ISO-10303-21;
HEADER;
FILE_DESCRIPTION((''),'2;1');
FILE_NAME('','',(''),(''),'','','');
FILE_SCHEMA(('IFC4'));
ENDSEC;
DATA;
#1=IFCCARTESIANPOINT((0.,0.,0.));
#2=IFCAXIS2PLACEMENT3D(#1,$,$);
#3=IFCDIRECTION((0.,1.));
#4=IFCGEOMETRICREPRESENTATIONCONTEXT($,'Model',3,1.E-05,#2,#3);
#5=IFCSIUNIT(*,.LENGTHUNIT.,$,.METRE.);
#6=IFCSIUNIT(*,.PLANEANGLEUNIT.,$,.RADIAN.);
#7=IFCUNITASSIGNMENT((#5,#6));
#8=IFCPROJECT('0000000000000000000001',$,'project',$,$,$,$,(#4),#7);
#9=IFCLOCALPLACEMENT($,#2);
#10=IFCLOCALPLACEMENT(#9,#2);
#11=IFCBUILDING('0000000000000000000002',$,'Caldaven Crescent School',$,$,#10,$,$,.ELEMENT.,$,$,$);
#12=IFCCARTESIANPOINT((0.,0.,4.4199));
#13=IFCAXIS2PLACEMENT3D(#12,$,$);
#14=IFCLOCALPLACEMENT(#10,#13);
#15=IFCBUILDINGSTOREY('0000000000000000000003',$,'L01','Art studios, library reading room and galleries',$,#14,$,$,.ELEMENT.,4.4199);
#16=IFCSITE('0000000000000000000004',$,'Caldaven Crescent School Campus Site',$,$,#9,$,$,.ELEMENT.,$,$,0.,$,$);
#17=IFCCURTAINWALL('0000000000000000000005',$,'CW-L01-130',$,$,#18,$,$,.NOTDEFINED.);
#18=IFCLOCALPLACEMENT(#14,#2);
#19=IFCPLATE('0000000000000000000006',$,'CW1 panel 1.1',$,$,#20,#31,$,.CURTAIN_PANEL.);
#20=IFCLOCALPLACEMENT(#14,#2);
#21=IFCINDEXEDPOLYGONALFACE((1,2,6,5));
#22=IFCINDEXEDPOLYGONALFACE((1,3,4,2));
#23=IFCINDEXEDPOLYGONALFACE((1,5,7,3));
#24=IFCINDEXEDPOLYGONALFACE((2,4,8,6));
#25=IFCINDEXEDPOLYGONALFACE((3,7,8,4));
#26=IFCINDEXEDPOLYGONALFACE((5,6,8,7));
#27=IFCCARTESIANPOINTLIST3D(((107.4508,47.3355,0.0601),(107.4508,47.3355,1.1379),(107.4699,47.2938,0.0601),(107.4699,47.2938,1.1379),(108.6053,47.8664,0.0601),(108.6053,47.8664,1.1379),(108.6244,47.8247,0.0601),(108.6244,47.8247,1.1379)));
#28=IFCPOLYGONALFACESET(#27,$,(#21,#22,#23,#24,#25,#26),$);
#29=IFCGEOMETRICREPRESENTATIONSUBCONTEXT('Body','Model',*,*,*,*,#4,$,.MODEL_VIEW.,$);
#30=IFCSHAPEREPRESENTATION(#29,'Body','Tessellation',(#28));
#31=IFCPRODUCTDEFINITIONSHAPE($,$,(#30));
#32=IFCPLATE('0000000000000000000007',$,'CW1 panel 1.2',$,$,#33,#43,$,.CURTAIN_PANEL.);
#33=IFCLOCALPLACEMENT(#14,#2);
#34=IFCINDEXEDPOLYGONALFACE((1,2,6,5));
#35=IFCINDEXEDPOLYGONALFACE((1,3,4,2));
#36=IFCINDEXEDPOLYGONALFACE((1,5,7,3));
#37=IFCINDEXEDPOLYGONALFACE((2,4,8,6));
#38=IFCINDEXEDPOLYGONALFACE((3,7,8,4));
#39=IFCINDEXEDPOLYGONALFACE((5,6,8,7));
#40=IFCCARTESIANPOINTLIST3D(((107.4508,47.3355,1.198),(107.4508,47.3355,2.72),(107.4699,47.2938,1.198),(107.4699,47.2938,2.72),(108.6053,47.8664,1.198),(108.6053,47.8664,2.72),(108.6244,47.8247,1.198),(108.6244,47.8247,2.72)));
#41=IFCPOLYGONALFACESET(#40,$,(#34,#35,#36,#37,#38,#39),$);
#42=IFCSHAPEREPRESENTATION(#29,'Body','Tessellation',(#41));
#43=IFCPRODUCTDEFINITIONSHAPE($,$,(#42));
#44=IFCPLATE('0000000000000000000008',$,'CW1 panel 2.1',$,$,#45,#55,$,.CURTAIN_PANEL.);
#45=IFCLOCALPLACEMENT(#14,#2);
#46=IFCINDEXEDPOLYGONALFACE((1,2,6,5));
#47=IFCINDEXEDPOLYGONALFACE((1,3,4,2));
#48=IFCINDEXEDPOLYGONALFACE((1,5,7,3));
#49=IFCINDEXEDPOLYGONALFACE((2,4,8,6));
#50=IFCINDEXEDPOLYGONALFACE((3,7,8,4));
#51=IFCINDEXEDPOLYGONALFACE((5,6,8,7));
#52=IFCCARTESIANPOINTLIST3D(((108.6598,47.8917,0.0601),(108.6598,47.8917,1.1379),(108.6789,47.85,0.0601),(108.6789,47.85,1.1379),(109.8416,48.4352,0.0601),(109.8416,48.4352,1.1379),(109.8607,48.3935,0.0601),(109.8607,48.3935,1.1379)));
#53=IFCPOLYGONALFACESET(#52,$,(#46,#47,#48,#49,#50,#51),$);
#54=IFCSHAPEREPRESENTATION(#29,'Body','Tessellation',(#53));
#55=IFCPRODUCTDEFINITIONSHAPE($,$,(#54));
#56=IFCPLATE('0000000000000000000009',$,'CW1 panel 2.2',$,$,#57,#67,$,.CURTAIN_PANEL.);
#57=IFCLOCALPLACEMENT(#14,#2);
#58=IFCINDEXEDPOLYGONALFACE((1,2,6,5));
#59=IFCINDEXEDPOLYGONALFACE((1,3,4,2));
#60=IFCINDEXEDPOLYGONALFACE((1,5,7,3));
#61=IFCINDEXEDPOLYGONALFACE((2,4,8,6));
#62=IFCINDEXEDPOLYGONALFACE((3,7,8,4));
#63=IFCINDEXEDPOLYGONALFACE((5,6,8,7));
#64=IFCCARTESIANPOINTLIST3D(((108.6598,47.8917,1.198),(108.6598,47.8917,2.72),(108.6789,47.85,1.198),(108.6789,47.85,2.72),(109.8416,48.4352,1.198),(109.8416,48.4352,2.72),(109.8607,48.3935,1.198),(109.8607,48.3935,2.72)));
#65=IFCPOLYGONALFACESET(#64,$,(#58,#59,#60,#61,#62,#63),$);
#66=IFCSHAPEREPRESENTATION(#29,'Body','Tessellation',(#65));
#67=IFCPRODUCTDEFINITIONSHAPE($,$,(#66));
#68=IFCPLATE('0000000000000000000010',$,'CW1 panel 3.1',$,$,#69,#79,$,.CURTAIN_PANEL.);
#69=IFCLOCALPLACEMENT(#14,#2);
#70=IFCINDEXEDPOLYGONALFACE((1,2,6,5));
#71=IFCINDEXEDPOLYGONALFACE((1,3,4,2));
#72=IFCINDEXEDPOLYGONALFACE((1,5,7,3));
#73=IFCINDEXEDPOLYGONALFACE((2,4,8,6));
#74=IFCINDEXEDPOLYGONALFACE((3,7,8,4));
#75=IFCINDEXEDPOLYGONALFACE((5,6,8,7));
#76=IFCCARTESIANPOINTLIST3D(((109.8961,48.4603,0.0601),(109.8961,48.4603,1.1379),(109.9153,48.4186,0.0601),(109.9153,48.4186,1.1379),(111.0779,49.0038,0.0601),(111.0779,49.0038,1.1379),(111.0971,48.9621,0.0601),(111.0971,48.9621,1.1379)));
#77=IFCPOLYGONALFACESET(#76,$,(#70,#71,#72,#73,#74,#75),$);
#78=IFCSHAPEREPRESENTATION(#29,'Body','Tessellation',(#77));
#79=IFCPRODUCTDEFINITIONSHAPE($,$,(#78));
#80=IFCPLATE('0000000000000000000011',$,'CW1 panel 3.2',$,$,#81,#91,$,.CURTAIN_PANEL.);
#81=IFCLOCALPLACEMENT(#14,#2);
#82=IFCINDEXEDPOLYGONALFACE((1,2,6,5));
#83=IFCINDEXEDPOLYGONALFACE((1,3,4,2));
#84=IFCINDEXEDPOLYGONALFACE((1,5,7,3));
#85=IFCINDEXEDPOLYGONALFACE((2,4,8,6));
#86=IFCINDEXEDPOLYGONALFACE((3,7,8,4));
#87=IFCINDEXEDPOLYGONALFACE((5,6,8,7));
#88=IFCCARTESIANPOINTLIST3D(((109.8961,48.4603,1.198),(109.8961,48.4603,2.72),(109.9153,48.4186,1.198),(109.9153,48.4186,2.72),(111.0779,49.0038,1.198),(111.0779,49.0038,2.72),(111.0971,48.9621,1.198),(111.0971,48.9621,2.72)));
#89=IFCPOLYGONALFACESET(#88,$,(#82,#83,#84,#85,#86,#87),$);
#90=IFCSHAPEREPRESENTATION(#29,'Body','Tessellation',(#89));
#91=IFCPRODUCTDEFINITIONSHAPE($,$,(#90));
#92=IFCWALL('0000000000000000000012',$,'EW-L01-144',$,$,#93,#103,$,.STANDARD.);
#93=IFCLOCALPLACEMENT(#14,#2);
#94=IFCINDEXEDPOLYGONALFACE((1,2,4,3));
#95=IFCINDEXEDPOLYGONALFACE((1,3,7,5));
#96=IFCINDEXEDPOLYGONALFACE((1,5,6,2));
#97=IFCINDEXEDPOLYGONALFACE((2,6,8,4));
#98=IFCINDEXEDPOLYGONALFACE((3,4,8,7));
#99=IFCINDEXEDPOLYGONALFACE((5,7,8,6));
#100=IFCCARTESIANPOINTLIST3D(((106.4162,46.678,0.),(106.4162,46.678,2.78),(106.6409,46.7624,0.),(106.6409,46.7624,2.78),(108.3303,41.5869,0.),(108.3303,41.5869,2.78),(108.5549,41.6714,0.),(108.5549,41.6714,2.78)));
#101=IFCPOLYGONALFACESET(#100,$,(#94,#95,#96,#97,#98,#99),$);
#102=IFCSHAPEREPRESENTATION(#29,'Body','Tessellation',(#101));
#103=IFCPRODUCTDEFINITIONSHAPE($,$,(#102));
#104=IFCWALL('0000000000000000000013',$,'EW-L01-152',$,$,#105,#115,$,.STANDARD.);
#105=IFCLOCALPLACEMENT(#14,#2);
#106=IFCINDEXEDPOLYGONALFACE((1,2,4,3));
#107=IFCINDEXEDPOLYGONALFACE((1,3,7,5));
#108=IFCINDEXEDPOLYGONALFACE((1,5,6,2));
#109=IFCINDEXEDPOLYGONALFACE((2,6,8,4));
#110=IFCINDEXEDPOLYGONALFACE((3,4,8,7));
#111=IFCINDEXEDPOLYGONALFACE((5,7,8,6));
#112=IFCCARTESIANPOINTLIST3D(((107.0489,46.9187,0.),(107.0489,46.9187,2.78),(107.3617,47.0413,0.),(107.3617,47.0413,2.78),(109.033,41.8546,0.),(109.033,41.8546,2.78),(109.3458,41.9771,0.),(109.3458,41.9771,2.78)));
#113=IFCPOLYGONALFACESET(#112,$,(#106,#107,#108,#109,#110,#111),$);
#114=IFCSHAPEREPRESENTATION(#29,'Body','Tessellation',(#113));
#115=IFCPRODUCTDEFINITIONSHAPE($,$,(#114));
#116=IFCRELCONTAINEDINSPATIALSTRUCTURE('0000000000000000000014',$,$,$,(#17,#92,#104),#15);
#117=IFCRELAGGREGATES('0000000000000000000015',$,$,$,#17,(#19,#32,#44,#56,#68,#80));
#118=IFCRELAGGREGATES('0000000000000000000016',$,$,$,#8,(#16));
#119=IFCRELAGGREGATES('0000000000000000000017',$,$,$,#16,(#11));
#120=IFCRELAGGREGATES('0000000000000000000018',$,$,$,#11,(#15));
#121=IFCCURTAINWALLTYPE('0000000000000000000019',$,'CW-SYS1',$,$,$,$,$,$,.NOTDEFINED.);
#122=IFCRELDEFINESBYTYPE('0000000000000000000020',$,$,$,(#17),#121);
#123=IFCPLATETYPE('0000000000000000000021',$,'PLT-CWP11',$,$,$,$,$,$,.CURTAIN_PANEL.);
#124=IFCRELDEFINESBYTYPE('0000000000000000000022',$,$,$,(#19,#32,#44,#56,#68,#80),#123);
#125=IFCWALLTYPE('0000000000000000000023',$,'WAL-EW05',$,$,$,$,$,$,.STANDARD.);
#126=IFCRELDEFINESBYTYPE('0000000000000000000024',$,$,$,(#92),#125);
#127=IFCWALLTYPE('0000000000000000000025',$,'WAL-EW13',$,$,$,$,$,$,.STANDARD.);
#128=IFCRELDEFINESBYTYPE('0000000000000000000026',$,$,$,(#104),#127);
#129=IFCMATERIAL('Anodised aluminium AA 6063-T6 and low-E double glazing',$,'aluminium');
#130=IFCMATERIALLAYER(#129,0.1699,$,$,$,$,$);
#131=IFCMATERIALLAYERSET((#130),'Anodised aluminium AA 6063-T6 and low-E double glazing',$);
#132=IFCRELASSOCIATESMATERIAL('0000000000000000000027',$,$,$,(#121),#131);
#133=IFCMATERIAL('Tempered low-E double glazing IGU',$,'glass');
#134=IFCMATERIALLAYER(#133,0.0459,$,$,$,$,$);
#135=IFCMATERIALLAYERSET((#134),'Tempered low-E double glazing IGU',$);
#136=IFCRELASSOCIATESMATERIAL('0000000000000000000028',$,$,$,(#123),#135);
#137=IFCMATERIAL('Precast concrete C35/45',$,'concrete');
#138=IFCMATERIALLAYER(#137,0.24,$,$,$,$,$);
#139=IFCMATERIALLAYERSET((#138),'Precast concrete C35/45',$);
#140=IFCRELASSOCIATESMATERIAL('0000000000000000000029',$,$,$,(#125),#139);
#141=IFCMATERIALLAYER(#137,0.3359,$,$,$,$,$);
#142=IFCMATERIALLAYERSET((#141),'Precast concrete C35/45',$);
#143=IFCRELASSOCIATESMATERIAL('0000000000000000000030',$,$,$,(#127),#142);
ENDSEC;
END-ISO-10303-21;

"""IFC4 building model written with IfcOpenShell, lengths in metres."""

from ifc_helpers import new_model, si_unit, direction, frame, frame_2d, origin, origin_2d, place, context, subcontext, project, spatial, rectangle, extrude, material, layer, layer_set, type_object, element, aggregate, save


model = new_model("IFC4")

# Units and contexts
model_context = context("Model", 3, precision=1e-05, world=origin(), true_north=direction((0.0, 1.0)))
body_context = subcontext(model_context, "Body", "Model", "MODEL_VIEW")
ifc_project = project(units=[si_unit("LENGTHUNIT", "METRE"), si_unit("PLANEANGLEUNIT", "RADIAN")], contexts=[model_context])

# Site, building, storey
site_placement = place(None, origin())
site = spatial("IfcSite", under=ifc_project, at=site_placement, Name="Caldaven Crescent School Campus Site", CompositionType="ELEMENT", RefElevation=0.0)
building_placement = place(site_placement, origin())
building = spatial("IfcBuilding", under=site, at=building_placement, Name="Caldaven Crescent School", CompositionType="ELEMENT")
storey_placement = place(building_placement, frame((0.0, 0.0, 4.4199)))
storey = spatial("IfcBuildingStorey", under=building, at=storey_placement, Name="L01", Description="Art studios, library reading room and galleries", CompositionType="ELEMENT", Elevation=4.4199)

# Curtain wall
ifc_material_1 = material(Name="Anodised aluminium AA 6063-T6 and low-E double glazing", Category="aluminium")
ifc_layer_1 = layer(ifc_material_1, 0.1699)
ifc_layer_set_1 = layer_set([ifc_layer_1], Name="Anodised aluminium AA 6063-T6 and low-E double glazing")
curtain_wall_type_1 = type_object("IfcCurtainWallType", Name="CW-SYS1", PredefinedType="NOTDEFINED", material=ifc_layer_set_1)
curtain_wall_1_placement = place(storey_placement, origin())
curtain_wall_1 = element("IfcCurtainWall", 1, at=curtain_wall_1_placement, inside=storey, type_object=curtain_wall_type_1, Name="CW-L01-130", PredefinedType="NOTDEFINED")

# Plates
ifc_material_2 = material(Name="Tempered low-E double glazing IGU", Category="glass")
ifc_layer_2 = layer(ifc_material_2, 0.0459)
ifc_layer_set_2 = layer_set([ifc_layer_2], Name="Tempered low-E double glazing IGU")
plate_type_1 = type_object("IfcPlateType", Name="PLT-CWP11", PredefinedType="CURTAIN_PANEL", material=ifc_layer_set_2)
plate_1_placement = place(storey_placement, frame((108.0376, 47.5801, 0.0601), z_axis=(0.0, 0.0, 1.0), x_axis=(0.908528, 0.417824, 0.0)))
plate_1 = element("IfcPlate", 2, at=plate_1_placement, type_object=plate_type_1, Name="CW1 panel 1.1", PredefinedType="CURTAIN_PANEL", context=body_context, shape_type="SweptSolid", body=[
    extrude(rectangle(XDim=1.2708, YDim=0.0459, at=origin_2d()), origin(), (0.0, 0.0, 1.0), 1.0779),
])
plate_2_placement = place(storey_placement, frame((108.0376, 47.5801, 1.198), z_axis=(0.0, 0.0, 1.0), x_axis=(0.908528, 0.417824, 0.0)))
plate_2 = element("IfcPlate", 3, at=plate_2_placement, type_object=plate_type_1, Name="CW1 panel 1.2", PredefinedType="CURTAIN_PANEL", context=body_context, shape_type="SweptSolid", body=[
    extrude(rectangle(XDim=1.2708, YDim=0.0459, at=origin_2d()), origin(), (0.0, 0.0, 1.0), 1.522),
])
plate_3_placement = place(storey_placement, frame((109.2603, 48.1426, 0.0601), z_axis=(0.0, 0.0, 1.0), x_axis=(0.908528, 0.417824, 0.0)))
plate_3 = element("IfcPlate", 4, at=plate_3_placement, type_object=plate_type_1, Name="CW1 panel 2.1", PredefinedType="CURTAIN_PANEL", context=body_context, shape_type="SweptSolid", body=[
    extrude(rectangle(XDim=1.3008, YDim=0.0459, at=origin_2d()), origin(), (0.0, 0.0, 1.0), 1.0779),
])
plate_4_placement = place(storey_placement, frame((109.2603, 48.1426, 1.198), z_axis=(0.0, 0.0, 1.0), x_axis=(0.908528, 0.417824, 0.0)))
plate_4 = element("IfcPlate", 5, at=plate_4_placement, type_object=plate_type_1, Name="CW1 panel 2.2", PredefinedType="CURTAIN_PANEL", context=body_context, shape_type="SweptSolid", body=[
    extrude(rectangle(XDim=1.3008, YDim=0.0459, at=origin_2d()), origin(), (0.0, 0.0, 1.0), 1.522),
])
plate_5_placement = place(storey_placement, frame((110.4966, 48.7112, 0.0601), z_axis=(0.0, 0.0, 1.0), x_axis=(0.908528, 0.417824, 0.0)))
plate_5 = element("IfcPlate", 6, at=plate_5_placement, type_object=plate_type_1, Name="CW1 panel 3.1", PredefinedType="CURTAIN_PANEL", context=body_context, shape_type="SweptSolid", body=[
    extrude(rectangle(XDim=1.3008, YDim=0.0459, at=origin_2d()), origin(), (0.0, 0.0, 1.0), 1.0779),
])
plate_6_placement = place(storey_placement, frame((110.4966, 48.7112, 1.198), z_axis=(0.0, 0.0, 1.0), x_axis=(0.908528, 0.417824, 0.0)))
plate_6 = element("IfcPlate", 7, at=plate_6_placement, type_object=plate_type_1, Name="CW1 panel 3.2", PredefinedType="CURTAIN_PANEL", context=body_context, shape_type="SweptSolid", body=[
    extrude(rectangle(XDim=1.3008, YDim=0.0459, at=origin_2d()), origin(), (0.0, 0.0, 1.0), 1.522),
])
aggregate(curtain_wall_1, [plate_1, plate_2, plate_3, plate_4, plate_5, plate_6])

# Walls
ifc_material_3 = material(Name="Precast concrete C35/45", Category="concrete")
ifc_layer_3 = layer(ifc_material_3, 0.24)
ifc_layer_set_3 = layer_set([ifc_layer_3], Name="Precast concrete C35/45")
wall_type_1 = type_object("IfcWallType", Name="WAL-EW05", PredefinedType="STANDARD", material=ifc_layer_set_3)
wall_1_placement = place(storey_placement, frame((106.5286, 46.7202, 0.0), z_axis=(0.0, 0.0, 1.0), x_axis=(0.351915, -0.936032, 0.0)))
element("IfcWall", 8, at=wall_1_placement, inside=storey, type_object=wall_type_1, Name="EW-L01-144", PredefinedType="STANDARD", context=body_context, shape_type="SweptSolid", body=[
    extrude(rectangle(XDim=5.439, YDim=0.24, at=frame_2d((2.7195, 0.0))), origin(), (0.0, 0.0, 1.0), 2.78),
])
ifc_layer_4 = layer(ifc_material_3, 0.3359)
ifc_layer_set_4 = layer_set([ifc_layer_4], Name="Precast concrete C35/45")
wall_type_2 = type_object("IfcWallType", Name="WAL-EW13", PredefinedType="STANDARD", material=ifc_layer_set_4)
wall_2_placement = place(storey_placement, frame((107.2053, 46.98, 0.0), z_axis=(0.0, 0.0, 1.0), x_axis=(0.364795, -0.931088, 0.0)))
element("IfcWall", 9, at=wall_2_placement, inside=storey, type_object=wall_type_2, Name="EW-L01-152", PredefinedType="STANDARD", context=body_context, shape_type="SweptSolid", body=[
    extrude(rectangle(XDim=5.439, YDim=0.3359, at=frame_2d((2.7195, 0.0))), origin(), (0.0, 0.0, 1.0), 2.78),
])

save(model, "model.ifc")
